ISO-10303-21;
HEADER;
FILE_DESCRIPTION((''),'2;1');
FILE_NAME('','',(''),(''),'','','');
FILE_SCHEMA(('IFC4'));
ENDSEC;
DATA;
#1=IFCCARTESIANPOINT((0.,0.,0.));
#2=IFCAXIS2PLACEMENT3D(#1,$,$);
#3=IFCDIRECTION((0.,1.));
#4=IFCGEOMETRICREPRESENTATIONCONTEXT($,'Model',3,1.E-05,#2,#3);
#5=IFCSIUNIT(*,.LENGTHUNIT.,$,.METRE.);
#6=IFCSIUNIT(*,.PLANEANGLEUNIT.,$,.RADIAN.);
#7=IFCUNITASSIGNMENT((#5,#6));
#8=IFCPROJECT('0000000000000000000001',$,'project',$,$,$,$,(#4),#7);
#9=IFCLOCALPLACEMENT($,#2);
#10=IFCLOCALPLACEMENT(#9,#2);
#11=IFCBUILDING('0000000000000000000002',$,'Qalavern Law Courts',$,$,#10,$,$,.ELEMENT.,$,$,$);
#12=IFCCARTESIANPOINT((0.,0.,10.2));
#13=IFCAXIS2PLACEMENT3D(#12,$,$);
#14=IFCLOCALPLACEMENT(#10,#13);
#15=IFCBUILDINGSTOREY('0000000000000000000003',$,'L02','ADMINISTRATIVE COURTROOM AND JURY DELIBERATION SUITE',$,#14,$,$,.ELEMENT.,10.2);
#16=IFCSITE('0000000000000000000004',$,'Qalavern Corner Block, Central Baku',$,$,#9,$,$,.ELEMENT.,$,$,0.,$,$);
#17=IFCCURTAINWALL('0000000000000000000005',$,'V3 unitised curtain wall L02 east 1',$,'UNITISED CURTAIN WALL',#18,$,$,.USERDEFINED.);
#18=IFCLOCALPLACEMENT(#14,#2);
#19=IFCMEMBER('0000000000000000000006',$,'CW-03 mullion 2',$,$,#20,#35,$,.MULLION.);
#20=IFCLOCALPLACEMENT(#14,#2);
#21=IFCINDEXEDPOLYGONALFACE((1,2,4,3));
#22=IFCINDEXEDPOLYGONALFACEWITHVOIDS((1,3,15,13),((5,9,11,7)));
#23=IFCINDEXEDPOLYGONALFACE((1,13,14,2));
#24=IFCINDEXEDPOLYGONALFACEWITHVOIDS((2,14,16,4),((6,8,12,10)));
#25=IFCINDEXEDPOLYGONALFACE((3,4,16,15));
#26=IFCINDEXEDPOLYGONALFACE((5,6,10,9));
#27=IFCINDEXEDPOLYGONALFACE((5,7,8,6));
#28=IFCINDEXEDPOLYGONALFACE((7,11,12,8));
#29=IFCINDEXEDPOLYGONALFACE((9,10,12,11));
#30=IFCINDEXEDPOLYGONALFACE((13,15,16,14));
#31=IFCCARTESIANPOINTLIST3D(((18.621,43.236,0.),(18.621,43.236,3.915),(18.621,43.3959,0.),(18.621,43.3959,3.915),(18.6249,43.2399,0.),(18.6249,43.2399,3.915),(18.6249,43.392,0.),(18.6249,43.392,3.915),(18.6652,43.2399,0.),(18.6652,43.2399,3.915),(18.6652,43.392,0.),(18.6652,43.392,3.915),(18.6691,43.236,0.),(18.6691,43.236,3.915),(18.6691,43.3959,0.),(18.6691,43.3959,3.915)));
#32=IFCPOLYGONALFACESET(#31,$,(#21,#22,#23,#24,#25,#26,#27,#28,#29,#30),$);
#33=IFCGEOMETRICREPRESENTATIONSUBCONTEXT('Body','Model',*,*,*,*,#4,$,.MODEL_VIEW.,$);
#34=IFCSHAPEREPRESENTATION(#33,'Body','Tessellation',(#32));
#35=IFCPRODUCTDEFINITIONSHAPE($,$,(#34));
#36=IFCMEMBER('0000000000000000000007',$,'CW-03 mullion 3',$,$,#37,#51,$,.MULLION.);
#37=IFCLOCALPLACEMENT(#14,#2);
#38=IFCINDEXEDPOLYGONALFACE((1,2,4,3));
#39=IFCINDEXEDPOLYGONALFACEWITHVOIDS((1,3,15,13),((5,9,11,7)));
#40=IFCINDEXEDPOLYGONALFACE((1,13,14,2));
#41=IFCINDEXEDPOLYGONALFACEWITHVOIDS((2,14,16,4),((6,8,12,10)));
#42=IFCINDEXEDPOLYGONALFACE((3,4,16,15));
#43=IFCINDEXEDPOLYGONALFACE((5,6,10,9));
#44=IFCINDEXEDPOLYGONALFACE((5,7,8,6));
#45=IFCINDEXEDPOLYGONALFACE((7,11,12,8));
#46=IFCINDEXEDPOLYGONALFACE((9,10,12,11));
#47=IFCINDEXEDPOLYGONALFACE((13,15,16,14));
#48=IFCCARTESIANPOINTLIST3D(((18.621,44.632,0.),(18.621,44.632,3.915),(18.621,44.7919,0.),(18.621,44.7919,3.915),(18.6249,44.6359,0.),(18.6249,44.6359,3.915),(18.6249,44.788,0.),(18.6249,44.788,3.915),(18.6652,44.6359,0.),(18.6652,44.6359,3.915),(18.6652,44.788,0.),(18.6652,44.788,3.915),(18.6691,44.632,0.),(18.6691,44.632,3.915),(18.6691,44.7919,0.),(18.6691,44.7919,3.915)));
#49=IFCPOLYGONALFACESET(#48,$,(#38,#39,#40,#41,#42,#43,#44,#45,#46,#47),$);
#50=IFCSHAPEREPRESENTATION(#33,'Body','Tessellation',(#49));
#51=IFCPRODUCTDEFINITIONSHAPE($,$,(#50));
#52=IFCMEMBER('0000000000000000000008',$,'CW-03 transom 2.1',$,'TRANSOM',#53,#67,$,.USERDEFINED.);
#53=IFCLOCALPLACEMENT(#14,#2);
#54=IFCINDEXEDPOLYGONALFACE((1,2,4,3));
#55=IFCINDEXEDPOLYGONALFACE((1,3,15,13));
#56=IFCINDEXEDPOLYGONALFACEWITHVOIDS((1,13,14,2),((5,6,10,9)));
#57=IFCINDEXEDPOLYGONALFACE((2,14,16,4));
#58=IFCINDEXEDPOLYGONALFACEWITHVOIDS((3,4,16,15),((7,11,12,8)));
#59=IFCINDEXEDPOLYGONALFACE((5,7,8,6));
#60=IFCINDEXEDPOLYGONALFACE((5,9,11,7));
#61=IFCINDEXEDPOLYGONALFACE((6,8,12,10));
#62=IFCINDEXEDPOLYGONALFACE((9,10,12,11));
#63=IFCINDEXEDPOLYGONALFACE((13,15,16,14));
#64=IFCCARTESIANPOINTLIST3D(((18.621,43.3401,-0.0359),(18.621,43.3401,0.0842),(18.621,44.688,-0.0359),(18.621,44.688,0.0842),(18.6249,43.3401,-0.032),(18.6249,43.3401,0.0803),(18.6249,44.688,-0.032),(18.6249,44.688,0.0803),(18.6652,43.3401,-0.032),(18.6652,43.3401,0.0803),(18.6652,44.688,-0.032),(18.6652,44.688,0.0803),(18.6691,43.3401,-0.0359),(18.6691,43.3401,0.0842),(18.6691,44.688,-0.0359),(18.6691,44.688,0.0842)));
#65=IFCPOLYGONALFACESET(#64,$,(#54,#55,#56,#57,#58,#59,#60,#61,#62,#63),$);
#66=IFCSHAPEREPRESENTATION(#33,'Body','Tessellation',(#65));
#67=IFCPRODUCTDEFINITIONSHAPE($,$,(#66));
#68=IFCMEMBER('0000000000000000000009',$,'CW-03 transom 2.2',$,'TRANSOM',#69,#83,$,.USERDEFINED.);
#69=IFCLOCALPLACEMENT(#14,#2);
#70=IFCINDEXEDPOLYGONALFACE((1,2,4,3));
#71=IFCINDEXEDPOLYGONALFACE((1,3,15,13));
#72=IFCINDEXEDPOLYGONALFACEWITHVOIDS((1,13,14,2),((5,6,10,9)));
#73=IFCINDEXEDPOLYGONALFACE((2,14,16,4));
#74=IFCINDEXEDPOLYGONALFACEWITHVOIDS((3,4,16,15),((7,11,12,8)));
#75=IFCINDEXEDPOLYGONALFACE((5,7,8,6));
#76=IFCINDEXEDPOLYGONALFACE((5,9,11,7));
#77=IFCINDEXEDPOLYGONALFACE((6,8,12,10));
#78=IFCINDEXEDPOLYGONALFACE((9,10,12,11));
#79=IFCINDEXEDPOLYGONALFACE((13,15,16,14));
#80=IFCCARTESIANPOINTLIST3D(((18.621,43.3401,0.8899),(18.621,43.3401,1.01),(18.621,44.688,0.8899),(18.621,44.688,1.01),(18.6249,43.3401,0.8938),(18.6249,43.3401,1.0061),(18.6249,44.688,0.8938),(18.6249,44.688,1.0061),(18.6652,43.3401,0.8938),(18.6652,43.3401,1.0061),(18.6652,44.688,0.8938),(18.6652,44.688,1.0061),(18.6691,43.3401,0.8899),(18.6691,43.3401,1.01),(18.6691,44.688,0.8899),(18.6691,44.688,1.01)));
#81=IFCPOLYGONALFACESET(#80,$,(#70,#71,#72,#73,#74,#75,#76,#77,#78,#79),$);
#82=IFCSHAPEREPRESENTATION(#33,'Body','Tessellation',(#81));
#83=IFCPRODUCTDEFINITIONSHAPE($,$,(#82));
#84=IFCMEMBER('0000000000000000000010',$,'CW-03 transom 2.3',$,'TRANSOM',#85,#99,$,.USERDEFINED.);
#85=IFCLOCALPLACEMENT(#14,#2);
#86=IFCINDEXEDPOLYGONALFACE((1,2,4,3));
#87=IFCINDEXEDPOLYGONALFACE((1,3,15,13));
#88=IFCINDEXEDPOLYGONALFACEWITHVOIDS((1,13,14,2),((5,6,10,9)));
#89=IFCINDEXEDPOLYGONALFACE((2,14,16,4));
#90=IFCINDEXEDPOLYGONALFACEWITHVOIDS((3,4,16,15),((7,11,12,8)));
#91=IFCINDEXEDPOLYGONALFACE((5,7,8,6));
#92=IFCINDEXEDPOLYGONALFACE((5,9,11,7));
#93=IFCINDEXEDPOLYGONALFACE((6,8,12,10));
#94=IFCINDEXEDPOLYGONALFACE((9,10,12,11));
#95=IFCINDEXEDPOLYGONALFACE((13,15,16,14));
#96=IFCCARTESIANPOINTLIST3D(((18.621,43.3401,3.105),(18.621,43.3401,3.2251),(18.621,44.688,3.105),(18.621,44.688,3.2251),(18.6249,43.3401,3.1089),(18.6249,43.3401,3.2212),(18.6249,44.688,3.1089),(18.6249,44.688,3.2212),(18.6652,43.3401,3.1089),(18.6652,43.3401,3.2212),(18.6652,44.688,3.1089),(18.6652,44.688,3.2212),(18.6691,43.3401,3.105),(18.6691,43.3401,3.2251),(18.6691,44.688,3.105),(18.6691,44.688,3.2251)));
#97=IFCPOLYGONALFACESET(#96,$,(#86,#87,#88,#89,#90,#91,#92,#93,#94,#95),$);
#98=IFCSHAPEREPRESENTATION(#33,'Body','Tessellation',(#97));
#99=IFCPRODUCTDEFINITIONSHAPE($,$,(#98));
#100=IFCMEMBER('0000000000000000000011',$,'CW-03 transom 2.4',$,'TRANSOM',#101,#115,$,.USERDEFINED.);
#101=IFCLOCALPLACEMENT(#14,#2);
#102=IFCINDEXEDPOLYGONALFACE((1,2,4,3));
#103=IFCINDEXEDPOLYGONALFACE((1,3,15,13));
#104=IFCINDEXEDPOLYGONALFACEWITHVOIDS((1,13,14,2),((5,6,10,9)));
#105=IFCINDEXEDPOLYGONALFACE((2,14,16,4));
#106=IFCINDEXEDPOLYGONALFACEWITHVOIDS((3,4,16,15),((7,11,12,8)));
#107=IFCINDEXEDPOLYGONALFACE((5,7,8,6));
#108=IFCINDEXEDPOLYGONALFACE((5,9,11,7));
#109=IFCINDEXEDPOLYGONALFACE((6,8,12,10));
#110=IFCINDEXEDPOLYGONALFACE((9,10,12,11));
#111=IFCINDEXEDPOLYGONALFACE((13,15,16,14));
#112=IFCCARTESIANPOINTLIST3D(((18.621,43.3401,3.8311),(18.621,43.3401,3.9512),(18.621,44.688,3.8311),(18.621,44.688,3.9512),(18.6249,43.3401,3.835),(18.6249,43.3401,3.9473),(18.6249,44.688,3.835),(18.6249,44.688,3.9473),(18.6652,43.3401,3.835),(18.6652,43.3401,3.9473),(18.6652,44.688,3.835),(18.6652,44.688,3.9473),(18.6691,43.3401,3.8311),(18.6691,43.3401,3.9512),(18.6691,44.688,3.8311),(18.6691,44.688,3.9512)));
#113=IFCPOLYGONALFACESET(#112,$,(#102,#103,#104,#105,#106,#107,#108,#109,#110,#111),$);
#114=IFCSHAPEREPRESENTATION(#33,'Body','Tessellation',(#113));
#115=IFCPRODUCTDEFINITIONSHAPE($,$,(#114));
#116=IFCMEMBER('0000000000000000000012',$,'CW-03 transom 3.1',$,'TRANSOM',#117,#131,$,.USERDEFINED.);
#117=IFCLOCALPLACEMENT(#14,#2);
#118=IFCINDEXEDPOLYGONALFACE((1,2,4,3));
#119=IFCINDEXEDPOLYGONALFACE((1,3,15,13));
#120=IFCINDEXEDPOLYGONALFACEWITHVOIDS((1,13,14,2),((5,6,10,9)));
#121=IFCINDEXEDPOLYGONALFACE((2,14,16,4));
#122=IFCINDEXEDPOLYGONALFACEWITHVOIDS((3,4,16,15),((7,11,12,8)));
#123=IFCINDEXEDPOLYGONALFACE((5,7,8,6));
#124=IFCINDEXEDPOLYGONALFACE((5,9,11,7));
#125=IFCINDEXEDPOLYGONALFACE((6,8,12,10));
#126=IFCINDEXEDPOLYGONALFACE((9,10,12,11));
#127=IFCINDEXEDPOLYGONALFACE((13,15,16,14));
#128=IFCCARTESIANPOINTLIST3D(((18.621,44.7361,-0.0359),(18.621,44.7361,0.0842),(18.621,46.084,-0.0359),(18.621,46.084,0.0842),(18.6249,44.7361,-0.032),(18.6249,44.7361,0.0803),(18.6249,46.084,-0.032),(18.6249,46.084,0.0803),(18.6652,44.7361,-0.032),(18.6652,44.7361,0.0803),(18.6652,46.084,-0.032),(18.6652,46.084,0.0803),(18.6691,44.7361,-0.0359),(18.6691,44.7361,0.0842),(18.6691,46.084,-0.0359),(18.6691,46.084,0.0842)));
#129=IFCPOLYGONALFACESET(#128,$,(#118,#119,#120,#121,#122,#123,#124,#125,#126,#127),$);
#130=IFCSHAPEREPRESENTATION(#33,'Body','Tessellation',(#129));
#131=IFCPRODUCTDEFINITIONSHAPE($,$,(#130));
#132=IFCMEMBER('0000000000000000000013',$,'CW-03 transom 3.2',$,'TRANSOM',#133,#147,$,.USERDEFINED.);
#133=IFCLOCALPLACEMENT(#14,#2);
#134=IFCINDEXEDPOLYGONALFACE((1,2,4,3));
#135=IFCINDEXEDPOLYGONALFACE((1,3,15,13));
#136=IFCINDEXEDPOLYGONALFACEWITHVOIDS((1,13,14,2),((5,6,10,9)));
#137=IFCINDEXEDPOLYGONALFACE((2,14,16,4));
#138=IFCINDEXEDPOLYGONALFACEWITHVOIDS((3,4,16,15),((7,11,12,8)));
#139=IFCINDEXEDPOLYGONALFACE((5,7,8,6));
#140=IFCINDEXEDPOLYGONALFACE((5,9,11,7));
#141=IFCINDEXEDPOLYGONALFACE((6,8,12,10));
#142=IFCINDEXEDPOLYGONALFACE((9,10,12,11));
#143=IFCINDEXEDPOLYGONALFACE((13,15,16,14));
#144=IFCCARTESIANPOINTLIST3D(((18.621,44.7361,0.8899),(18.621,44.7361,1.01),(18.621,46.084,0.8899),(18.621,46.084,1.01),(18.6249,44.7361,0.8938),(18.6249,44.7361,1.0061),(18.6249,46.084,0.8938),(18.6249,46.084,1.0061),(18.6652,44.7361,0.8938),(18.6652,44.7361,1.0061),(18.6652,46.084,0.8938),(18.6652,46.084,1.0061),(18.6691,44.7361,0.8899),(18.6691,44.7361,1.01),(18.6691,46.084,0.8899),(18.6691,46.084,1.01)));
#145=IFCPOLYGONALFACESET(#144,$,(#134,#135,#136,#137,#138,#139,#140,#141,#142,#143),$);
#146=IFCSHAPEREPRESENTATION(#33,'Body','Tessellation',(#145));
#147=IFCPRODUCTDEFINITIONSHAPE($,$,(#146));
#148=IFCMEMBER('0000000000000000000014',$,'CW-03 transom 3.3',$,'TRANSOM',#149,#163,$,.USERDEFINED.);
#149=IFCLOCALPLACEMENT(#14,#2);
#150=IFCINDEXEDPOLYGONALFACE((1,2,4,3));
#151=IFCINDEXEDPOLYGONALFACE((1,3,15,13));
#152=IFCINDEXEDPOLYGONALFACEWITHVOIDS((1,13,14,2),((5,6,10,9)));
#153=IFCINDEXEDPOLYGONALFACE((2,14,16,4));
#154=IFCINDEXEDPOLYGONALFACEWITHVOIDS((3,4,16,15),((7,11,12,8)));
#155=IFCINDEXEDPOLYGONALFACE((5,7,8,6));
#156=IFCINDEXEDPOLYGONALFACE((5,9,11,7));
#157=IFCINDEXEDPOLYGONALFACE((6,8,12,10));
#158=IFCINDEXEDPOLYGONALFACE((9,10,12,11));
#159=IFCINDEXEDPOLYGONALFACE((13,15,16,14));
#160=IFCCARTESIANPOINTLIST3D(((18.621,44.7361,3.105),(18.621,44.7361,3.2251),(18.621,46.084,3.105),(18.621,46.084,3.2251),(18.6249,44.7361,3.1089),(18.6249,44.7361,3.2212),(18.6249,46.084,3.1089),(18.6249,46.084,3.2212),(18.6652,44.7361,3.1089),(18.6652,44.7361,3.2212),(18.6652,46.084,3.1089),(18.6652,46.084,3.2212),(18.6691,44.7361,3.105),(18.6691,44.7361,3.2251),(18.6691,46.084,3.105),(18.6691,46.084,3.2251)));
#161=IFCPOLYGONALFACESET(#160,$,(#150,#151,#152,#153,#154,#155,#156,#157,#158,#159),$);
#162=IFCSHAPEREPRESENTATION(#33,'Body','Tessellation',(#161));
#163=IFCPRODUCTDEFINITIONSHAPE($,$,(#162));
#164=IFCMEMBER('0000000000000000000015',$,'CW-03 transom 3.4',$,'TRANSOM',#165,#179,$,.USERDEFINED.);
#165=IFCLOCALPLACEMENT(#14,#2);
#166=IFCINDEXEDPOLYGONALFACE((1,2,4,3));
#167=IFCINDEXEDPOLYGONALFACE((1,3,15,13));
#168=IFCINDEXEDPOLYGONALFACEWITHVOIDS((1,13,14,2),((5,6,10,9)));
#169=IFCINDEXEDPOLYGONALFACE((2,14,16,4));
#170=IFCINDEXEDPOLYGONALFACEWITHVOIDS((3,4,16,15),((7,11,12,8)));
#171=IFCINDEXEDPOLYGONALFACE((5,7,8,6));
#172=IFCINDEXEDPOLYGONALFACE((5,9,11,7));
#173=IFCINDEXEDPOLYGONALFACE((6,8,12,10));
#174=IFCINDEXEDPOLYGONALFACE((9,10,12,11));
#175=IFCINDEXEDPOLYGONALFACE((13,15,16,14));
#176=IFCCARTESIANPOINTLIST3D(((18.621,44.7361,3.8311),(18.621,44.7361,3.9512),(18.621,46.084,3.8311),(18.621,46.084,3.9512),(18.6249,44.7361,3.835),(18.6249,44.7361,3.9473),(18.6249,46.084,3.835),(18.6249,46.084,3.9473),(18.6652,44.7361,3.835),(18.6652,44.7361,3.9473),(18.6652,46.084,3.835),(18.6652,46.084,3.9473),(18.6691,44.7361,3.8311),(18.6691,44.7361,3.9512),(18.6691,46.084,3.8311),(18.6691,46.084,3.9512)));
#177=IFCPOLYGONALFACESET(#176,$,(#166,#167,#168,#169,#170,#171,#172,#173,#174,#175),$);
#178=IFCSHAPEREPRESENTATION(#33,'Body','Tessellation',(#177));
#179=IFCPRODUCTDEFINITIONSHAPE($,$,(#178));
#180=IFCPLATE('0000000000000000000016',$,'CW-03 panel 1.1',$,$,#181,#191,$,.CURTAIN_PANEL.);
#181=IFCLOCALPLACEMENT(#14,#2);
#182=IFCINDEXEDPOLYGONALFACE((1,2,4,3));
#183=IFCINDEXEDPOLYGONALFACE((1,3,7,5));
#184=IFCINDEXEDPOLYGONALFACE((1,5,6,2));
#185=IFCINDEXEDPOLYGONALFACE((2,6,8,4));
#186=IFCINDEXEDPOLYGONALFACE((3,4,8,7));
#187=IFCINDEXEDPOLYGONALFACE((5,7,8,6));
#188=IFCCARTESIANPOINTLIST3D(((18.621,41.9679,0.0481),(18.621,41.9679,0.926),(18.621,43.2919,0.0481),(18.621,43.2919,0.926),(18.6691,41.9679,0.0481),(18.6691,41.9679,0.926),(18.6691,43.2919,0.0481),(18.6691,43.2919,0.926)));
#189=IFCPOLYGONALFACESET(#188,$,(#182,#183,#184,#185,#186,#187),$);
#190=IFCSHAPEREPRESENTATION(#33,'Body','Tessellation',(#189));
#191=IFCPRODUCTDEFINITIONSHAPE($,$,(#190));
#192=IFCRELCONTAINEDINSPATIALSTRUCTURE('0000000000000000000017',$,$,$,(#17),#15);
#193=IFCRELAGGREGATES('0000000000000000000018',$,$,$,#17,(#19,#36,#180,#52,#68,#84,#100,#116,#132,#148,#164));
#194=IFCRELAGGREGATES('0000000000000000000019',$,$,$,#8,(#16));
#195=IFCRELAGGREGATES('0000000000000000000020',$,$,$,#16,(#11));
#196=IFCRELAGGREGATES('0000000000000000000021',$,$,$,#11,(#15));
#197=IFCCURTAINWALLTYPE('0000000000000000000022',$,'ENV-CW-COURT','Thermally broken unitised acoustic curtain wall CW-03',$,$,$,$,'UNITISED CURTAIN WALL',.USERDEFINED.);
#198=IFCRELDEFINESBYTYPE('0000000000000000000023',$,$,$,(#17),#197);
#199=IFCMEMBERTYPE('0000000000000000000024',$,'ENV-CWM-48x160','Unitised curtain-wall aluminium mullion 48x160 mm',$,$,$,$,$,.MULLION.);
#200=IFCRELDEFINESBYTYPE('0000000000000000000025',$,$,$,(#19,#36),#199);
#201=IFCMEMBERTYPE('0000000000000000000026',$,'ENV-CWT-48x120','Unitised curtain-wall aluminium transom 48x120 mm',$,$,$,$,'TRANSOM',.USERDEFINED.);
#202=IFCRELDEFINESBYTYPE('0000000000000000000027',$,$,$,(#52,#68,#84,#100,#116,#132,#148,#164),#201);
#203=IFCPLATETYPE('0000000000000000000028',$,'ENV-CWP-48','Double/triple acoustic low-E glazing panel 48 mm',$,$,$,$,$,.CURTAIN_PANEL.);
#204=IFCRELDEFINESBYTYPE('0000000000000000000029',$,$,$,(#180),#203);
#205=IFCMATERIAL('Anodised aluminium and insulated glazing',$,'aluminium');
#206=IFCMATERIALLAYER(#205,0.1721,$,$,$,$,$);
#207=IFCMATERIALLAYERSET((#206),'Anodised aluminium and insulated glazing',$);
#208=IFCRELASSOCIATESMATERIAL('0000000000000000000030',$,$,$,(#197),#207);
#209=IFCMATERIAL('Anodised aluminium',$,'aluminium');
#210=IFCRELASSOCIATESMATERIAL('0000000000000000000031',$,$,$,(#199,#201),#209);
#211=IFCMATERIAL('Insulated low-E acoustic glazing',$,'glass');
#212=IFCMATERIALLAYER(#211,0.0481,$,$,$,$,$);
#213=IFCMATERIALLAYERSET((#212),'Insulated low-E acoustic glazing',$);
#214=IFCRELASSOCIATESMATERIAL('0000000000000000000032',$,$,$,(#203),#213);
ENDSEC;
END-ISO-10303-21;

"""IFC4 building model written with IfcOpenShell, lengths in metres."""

from ifc_helpers import new_model, si_unit, direction, frame, origin, origin_2d, place, context, subcontext, project, spatial, rectangle, hollow_rectangle, extrude, material, layer, layer_set, material_profile, profile_set, type_object, element, aggregate, save


model = new_model("IFC4")

# Units and contexts
model_context = context("Model", 3, precision=1e-05, world=origin(), true_north=direction((0.0, 1.0)))
body_context = subcontext(model_context, "Body", "Model", "MODEL_VIEW")
ifc_project = project(units=[si_unit("LENGTHUNIT", "METRE"), si_unit("PLANEANGLEUNIT", "RADIAN")], contexts=[model_context])

# Site, building, storey
site_placement = place(None, origin())
site = spatial("IfcSite", under=ifc_project, at=site_placement, Name="Qalavern Corner Block, Central Baku", CompositionType="ELEMENT", RefElevation=0.0)
building_placement = place(site_placement, origin())
building = spatial("IfcBuilding", under=site, at=building_placement, Name="Qalavern Law Courts", CompositionType="ELEMENT")
storey_placement = place(building_placement, frame((0.0, 0.0, 10.2)))
storey = spatial("IfcBuildingStorey", under=building, at=storey_placement, Name="L02", Description="ADMINISTRATIVE COURTROOM AND JURY DELIBERATION SUITE", CompositionType="ELEMENT", Elevation=10.2)

# Curtain wall, members, plate
ifc_material_1 = material(Name="Anodised aluminium and insulated glazing", Category="aluminium")
ifc_layer_1 = layer(ifc_material_1, 0.1721)
ifc_layer_set_1 = layer_set([ifc_layer_1], Name="Anodised aluminium and insulated glazing")
curtain_wall_type = type_object("IfcCurtainWallType", Name="ENV-CW-COURT", Description="Thermally broken unitised acoustic curtain wall CW-03", ElementType="UNITISED CURTAIN WALL", PredefinedType="USERDEFINED", material=ifc_layer_set_1)
curtain_wall_placement = place(storey_placement, origin())
curtain_wall = element("IfcCurtainWall", 1, at=curtain_wall_placement, inside=storey, type_object=curtain_wall_type, Name="V3 unitised curtain wall L02 east 1", ObjectType="UNITISED CURTAIN WALL", PredefinedType="USERDEFINED")
ifc_material_2 = material(Name="Anodised aluminium", Category="aluminium")
ifc_material_profile_1 = material_profile(ifc_material_2, hollow_rectangle(XDim=0.0481, YDim=0.1599, WallThickness=0.0039, at=origin_2d()), Name="ALU MULLION 48x160")
ifc_profile_set_1 = profile_set([ifc_material_profile_1], Name="Anodised aluminium")
member_type_1 = type_object("IfcMemberType", Name="ENV-CWM-48x160", Description="Unitised curtain-wall aluminium mullion 48x160 mm", PredefinedType="MULLION", material=ifc_profile_set_1)
member_1_placement = place(storey_placement, frame((18.645, 43.3159, 0.0), z_axis=(0.0, 0.0, 1.0), x_axis=(-1.0, 0.0, 0.0)))
member_1 = element("IfcMember", 2, at=member_1_placement, type_object=member_type_1, Name="CW-03 mullion 2", PredefinedType="MULLION", context=body_context, shape_type="SweptSolid", body=[
    extrude(hollow_rectangle(XDim=0.0481, YDim=0.1599, WallThickness=0.0039, at=origin_2d()), origin(), (0.0, 0.0, 1.0), 3.915),
])
member_2_placement = place(storey_placement, frame((18.645, 44.7119, 0.0), z_axis=(0.0, 0.0, 1.0), x_axis=(-1.0, 0.0, 0.0)))
member_2 = element("IfcMember", 3, at=member_2_placement, type_object=member_type_1, Name="CW-03 mullion 3", PredefinedType="MULLION", context=body_context, shape_type="SweptSolid", body=[
    extrude(hollow_rectangle(XDim=0.0481, YDim=0.1599, WallThickness=0.0039, at=origin_2d()), origin(), (0.0, 0.0, 1.0), 3.915),
])
ifc_material_profile_2 = material_profile(ifc_material_2, hollow_rectangle(XDim=0.0481, YDim=0.1201, WallThickness=0.0039, at=origin_2d()), Name="ALU TRANSOM 48x120")
ifc_profile_set_2 = profile_set([ifc_material_profile_2], Name="Anodised aluminium")
member_type_2 = type_object("IfcMemberType", Name="ENV-CWT-48x120", Description="Unitised curtain-wall aluminium transom 48x120 mm", ElementType="TRANSOM", PredefinedType="USERDEFINED", material=ifc_profile_set_2)
member_3_placement = place(storey_placement, frame((18.645, 43.3401, 0.0242), z_axis=(0.0, 1.0, 0.0), x_axis=(-1.0, 0.0, 0.0)))
member_3 = element("IfcMember", 4, at=member_3_placement, type_object=member_type_2, Name="CW-03 transom 2.1", ObjectType="TRANSOM", PredefinedType="USERDEFINED", context=body_context, shape_type="SweptSolid", body=[
    extrude(hollow_rectangle(XDim=0.0481, YDim=0.1201, WallThickness=0.0039, at=origin_2d()), origin(), (0.0, 0.0, 1.0), 1.3479),
])
member_4_placement = place(storey_placement, frame((18.645, 43.3401, 0.95), z_axis=(0.0, 1.0, 0.0), x_axis=(-1.0, 0.0, 0.0)))
member_4 = element("IfcMember", 5, at=member_4_placement, type_object=member_type_2, Name="CW-03 transom 2.2", ObjectType="TRANSOM", PredefinedType="USERDEFINED", context=body_context, shape_type="SweptSolid", body=[
    extrude(hollow_rectangle(XDim=0.0481, YDim=0.1201, WallThickness=0.0039, at=origin_2d()), origin(), (0.0, 0.0, 1.0), 1.3479),
])
member_5_placement = place(storey_placement, frame((18.645, 43.3401, 3.165), z_axis=(0.0, 1.0, 0.0), x_axis=(-1.0, 0.0, 0.0)))
member_5 = element("IfcMember", 6, at=member_5_placement, type_object=member_type_2, Name="CW-03 transom 2.3", ObjectType="TRANSOM", PredefinedType="USERDEFINED", context=body_context, shape_type="SweptSolid", body=[
    extrude(hollow_rectangle(XDim=0.0481, YDim=0.1201, WallThickness=0.0039, at=origin_2d()), origin(), (0.0, 0.0, 1.0), 1.3479),
])
member_6_placement = place(storey_placement, frame((18.645, 43.3401, 3.8911), z_axis=(0.0, 1.0, 0.0), x_axis=(-1.0, 0.0, 0.0)))
member_6 = element("IfcMember", 7, at=member_6_placement, type_object=member_type_2, Name="CW-03 transom 2.4", ObjectType="TRANSOM", PredefinedType="USERDEFINED", context=body_context, shape_type="SweptSolid", body=[
    extrude(hollow_rectangle(XDim=0.0481, YDim=0.1201, WallThickness=0.0039, at=origin_2d()), origin(), (0.0, 0.0, 1.0), 1.3479),
])
member_7_placement = place(storey_placement, frame((18.645, 44.7361, 0.0242), z_axis=(0.0, 1.0, 0.0), x_axis=(-1.0, 0.0, 0.0)))
member_7 = element("IfcMember", 8, at=member_7_placement, type_object=member_type_2, Name="CW-03 transom 3.1", ObjectType="TRANSOM", PredefinedType="USERDEFINED", context=body_context, shape_type="SweptSolid", body=[
    extrude(hollow_rectangle(XDim=0.0481, YDim=0.1201, WallThickness=0.0039, at=origin_2d()), origin(), (0.0, 0.0, 1.0), 1.3479),
])
member_8_placement = place(storey_placement, frame((18.645, 44.7361, 0.95), z_axis=(0.0, 1.0, 0.0), x_axis=(-1.0, 0.0, 0.0)))
member_8 = element("IfcMember", 9, at=member_8_placement, type_object=member_type_2, Name="CW-03 transom 3.2", ObjectType="TRANSOM", PredefinedType="USERDEFINED", context=body_context, shape_type="SweptSolid", body=[
    extrude(hollow_rectangle(XDim=0.0481, YDim=0.1201, WallThickness=0.0039, at=origin_2d()), origin(), (0.0, 0.0, 1.0), 1.3479),
])
member_9_placement = place(storey_placement, frame((18.645, 44.7361, 3.165), z_axis=(0.0, 1.0, 0.0), x_axis=(-1.0, 0.0, 0.0)))
member_9 = element("IfcMember", 10, at=member_9_placement, type_object=member_type_2, Name="CW-03 transom 3.3", ObjectType="TRANSOM", PredefinedType="USERDEFINED", context=body_context, shape_type="SweptSolid", body=[
    extrude(hollow_rectangle(XDim=0.0481, YDim=0.1201, WallThickness=0.0039, at=origin_2d()), origin(), (0.0, 0.0, 1.0), 1.3479),
])
member_10_placement = place(storey_placement, frame((18.645, 44.7361, 3.8911), z_axis=(0.0, 1.0, 0.0), x_axis=(-1.0, 0.0, 0.0)))
member_10 = element("IfcMember", 11, at=member_10_placement, type_object=member_type_2, Name="CW-03 transom 3.4", ObjectType="TRANSOM", PredefinedType="USERDEFINED", context=body_context, shape_type="SweptSolid", body=[
    extrude(hollow_rectangle(XDim=0.0481, YDim=0.1201, WallThickness=0.0039, at=origin_2d()), origin(), (0.0, 0.0, 1.0), 1.3479),
])
ifc_material_3 = material(Name="Insulated low-E acoustic glazing", Category="glass")
ifc_layer_2 = layer(ifc_material_3, 0.0481)
ifc_layer_set_2 = layer_set([ifc_layer_2], Name="Insulated low-E acoustic glazing")
plate_type = type_object("IfcPlateType", Name="ENV-CWP-48", Description="Double/triple acoustic low-E glazing panel 48 mm", PredefinedType="CURTAIN_PANEL", material=ifc_layer_set_2)
plate_1_placement = place(storey_placement, frame((18.645, 42.6299, 0.0481), z_axis=(0.0, 0.0, 1.0), x_axis=(0.0, 1.0, 0.0)))
plate_1 = element("IfcPlate", 12, at=plate_1_placement, type_object=plate_type, Name="CW-03 panel 1.1", PredefinedType="CURTAIN_PANEL", context=body_context, shape_type="SweptSolid", body=[
    extrude(rectangle(XDim=1.324, YDim=0.0481, at=origin_2d()), origin(), (0.0, 0.0, 1.0), 0.8779),
])
aggregate(curtain_wall, [member_1, member_2, plate_1, member_3, member_4, member_5, member_6, member_7, member_8, member_9, member_10])

save(model, "model.ifc")
